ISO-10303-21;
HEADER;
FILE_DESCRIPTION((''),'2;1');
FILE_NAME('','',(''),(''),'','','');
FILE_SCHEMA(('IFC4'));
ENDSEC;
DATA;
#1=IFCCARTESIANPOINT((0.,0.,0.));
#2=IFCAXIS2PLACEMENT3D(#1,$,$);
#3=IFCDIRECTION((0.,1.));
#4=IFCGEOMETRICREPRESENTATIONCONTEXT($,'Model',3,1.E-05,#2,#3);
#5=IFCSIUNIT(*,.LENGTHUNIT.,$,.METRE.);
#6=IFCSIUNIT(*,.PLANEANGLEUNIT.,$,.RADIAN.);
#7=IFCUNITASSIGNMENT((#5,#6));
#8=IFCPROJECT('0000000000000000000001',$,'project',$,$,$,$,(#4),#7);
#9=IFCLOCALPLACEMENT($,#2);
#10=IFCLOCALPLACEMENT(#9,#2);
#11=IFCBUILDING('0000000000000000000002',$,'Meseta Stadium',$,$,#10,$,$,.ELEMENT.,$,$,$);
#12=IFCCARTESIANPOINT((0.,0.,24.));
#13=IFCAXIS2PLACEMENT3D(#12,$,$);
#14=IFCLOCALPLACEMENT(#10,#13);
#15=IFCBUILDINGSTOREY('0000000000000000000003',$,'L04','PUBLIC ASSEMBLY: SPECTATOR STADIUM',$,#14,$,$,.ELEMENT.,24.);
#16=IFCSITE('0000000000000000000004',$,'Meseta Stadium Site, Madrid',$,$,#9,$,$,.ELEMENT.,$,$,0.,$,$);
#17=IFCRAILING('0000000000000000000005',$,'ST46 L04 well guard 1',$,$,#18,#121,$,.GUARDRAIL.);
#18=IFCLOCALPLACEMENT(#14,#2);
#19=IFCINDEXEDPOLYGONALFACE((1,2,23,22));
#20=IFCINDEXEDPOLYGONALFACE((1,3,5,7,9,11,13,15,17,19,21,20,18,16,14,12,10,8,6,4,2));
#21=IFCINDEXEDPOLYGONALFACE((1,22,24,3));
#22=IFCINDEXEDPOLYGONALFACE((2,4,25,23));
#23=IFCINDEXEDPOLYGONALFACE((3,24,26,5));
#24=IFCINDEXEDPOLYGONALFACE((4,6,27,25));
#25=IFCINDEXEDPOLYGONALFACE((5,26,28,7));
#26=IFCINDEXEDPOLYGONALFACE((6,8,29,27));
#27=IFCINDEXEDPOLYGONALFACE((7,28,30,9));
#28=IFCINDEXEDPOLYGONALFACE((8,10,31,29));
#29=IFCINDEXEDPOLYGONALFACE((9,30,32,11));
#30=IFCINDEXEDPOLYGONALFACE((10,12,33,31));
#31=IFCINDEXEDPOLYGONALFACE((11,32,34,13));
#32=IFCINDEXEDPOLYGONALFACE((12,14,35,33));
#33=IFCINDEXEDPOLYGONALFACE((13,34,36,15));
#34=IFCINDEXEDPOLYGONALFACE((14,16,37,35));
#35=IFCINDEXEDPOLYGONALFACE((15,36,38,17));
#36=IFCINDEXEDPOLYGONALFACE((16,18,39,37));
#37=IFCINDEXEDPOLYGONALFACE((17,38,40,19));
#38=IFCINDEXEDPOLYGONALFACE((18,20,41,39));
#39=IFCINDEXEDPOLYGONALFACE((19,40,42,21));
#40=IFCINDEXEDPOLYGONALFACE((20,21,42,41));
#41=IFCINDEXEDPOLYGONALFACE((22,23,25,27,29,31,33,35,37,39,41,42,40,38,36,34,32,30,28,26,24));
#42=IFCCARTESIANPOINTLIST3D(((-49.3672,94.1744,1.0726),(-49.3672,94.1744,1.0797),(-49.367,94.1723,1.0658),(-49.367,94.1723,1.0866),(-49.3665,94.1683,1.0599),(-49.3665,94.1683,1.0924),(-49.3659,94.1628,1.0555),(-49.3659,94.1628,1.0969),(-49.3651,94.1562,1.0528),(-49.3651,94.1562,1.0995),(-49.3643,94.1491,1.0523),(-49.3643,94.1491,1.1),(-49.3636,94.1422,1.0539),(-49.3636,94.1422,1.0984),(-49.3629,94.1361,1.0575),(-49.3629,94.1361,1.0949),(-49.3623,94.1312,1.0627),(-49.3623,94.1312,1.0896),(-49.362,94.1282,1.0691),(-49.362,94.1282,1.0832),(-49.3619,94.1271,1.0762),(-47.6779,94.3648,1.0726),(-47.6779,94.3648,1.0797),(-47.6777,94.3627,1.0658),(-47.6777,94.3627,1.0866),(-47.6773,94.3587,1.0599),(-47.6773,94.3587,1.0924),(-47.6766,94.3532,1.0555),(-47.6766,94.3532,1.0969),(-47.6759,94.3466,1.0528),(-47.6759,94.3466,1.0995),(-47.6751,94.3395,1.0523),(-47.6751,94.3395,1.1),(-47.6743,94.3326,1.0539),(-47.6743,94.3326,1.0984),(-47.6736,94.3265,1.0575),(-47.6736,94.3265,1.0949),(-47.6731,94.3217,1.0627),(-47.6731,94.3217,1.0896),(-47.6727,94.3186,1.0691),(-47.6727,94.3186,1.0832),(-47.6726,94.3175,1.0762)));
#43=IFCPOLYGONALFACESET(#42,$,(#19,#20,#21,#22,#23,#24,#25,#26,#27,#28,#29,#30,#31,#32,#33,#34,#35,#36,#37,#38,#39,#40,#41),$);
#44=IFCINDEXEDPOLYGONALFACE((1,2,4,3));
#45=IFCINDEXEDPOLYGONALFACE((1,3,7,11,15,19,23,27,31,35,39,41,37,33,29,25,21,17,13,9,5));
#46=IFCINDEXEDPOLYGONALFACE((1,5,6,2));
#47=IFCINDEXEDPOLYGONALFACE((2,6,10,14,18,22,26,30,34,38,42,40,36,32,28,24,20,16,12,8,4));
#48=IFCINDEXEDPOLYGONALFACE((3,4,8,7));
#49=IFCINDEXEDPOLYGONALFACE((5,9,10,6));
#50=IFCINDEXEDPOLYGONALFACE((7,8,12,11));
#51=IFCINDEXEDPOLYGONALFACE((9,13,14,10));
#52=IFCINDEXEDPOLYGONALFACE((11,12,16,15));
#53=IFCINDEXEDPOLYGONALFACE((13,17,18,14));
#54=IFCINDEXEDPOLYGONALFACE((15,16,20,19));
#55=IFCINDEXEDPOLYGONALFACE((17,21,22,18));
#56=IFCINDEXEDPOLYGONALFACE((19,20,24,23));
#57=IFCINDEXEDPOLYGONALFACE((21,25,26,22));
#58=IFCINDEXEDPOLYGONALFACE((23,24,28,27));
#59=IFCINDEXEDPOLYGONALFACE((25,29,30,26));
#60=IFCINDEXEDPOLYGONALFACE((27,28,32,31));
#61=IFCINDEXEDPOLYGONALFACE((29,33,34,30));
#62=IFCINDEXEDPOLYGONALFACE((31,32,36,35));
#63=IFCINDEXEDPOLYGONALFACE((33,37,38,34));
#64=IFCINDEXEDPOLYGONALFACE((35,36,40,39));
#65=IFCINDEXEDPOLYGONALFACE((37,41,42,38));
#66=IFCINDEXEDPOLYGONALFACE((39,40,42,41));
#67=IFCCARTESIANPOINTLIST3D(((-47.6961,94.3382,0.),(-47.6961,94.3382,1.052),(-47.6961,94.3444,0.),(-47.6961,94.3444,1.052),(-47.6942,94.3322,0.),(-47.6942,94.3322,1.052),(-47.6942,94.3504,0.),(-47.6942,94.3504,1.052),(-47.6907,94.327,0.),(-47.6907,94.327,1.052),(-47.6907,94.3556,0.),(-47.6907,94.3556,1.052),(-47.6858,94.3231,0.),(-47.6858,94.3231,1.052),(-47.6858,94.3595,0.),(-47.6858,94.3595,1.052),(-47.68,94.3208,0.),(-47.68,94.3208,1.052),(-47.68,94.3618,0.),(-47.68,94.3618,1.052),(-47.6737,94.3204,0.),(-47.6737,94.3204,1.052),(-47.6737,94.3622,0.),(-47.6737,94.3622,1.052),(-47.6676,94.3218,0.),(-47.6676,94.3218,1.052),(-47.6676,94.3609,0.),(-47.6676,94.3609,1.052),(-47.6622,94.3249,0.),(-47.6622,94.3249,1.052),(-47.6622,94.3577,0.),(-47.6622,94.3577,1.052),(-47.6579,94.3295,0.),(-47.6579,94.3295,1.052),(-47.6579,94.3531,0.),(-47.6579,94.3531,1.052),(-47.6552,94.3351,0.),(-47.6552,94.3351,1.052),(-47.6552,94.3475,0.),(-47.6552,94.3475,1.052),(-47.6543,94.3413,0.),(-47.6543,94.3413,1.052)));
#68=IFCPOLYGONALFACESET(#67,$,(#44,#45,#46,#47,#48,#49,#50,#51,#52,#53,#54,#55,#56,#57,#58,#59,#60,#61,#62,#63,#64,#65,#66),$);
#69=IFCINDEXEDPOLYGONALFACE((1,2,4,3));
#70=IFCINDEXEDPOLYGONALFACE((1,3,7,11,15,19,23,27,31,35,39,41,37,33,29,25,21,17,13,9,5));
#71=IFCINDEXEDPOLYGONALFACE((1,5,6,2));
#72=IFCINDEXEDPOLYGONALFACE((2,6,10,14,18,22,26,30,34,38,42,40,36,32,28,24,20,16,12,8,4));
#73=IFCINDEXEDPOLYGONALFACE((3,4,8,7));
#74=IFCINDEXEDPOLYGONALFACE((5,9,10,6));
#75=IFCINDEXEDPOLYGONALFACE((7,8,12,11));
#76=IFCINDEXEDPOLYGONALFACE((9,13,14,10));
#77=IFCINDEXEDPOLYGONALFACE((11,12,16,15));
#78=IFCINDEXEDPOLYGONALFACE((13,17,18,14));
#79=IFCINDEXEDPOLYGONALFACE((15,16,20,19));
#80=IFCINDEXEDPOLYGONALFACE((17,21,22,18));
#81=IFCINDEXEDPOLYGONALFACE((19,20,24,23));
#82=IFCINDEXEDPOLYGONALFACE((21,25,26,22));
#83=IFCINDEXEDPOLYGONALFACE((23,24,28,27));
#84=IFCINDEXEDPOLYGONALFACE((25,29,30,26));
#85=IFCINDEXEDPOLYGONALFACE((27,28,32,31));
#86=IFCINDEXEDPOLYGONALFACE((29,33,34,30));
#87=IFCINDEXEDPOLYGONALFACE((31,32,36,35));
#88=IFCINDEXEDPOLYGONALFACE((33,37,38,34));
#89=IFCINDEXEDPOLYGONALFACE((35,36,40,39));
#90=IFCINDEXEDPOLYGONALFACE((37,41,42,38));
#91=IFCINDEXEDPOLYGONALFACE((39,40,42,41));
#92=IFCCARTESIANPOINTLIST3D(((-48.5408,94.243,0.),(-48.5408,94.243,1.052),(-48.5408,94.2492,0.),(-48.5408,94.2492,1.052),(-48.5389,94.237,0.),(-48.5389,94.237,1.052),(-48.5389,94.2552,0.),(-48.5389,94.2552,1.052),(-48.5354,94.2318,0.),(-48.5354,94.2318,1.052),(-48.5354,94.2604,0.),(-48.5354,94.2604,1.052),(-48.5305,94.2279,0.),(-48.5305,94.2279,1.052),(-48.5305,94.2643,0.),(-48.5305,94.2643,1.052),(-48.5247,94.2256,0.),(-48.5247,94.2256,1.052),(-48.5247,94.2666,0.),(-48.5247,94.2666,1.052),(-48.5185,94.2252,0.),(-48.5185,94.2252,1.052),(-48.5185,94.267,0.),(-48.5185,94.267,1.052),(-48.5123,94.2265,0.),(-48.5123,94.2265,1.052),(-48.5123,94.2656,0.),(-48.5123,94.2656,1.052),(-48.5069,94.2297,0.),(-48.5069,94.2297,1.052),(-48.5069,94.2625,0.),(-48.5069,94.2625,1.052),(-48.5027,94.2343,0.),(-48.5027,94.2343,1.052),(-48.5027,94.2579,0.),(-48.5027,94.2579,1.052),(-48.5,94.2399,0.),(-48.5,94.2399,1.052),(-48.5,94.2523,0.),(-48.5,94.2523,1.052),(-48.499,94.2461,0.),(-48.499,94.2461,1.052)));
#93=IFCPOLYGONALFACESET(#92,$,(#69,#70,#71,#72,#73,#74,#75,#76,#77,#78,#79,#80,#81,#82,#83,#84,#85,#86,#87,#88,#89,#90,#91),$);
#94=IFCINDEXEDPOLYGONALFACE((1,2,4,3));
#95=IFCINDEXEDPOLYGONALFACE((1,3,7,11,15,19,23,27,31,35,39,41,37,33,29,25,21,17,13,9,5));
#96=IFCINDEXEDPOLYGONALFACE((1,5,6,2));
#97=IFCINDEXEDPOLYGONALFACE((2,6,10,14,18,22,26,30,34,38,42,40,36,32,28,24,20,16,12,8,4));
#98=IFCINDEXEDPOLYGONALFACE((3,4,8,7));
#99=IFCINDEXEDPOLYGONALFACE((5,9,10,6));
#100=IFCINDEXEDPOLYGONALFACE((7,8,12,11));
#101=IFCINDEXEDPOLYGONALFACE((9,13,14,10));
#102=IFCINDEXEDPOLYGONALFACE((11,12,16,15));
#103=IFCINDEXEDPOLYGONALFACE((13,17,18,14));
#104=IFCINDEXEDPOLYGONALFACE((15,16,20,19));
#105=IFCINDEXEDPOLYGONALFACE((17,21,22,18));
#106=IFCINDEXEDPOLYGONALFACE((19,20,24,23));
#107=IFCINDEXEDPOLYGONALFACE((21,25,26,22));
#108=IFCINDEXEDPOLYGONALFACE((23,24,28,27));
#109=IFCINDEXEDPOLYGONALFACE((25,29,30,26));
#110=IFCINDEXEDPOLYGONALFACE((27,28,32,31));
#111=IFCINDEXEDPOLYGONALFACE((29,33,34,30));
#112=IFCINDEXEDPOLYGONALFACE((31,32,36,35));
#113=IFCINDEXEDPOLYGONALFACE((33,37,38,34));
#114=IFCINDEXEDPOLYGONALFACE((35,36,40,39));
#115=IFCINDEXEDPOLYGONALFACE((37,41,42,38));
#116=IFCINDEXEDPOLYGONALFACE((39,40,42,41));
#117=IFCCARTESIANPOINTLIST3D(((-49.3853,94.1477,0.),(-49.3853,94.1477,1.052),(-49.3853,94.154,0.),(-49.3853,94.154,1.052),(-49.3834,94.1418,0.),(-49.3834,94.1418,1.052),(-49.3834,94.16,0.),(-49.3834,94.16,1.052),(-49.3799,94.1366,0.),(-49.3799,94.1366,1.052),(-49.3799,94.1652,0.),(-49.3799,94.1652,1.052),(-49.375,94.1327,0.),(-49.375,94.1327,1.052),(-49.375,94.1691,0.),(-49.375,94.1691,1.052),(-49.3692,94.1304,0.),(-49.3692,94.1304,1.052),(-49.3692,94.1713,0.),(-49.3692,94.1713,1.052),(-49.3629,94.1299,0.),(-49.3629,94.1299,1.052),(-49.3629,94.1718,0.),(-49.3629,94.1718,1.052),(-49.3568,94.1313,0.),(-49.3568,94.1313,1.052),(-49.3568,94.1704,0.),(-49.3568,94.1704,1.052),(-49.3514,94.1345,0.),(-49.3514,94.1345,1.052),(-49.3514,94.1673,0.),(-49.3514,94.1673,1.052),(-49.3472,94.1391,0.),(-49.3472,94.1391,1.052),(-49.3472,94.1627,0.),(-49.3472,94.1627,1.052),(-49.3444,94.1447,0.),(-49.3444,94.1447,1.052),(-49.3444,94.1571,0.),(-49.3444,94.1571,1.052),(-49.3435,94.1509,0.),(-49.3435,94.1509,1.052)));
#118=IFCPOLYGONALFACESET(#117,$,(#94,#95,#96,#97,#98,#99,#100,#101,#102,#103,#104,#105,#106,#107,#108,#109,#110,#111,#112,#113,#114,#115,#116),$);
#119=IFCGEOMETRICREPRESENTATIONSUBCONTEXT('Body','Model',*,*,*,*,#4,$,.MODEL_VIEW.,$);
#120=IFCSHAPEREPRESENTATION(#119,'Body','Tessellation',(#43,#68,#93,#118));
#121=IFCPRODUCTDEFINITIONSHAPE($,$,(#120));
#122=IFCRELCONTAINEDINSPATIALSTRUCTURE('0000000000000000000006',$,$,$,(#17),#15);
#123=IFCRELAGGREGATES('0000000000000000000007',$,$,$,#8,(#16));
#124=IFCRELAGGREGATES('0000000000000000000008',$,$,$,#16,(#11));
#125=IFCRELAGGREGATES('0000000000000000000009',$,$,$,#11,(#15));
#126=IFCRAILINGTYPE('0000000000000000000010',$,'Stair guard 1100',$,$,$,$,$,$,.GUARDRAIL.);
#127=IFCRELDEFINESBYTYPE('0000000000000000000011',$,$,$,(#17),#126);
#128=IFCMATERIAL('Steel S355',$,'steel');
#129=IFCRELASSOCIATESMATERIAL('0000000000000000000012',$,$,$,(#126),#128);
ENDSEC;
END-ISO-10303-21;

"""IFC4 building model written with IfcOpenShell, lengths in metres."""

from ifc_helpers import new_model, si_unit, direction, frame, origin, origin_2d, place, context, subcontext, project, spatial, circle, extrude, material, type_object, element, save


model = new_model("IFC4")

# Units and contexts
model_context = context("Model", 3, precision=1e-05, world=origin(), true_north=direction((0.0, 1.0)))
body_context = subcontext(model_context, "Body", "Model", "MODEL_VIEW")
ifc_project = project(units=[si_unit("LENGTHUNIT", "METRE"), si_unit("PLANEANGLEUNIT", "RADIAN")], contexts=[model_context])

# Site, building, storey
site_placement = place(None, origin())
site = spatial("IfcSite", under=ifc_project, at=site_placement, Name="Meseta Stadium Site, Madrid", CompositionType="ELEMENT", RefElevation=0.0)
building_placement = place(site_placement, origin())
building = spatial("IfcBuilding", under=site, at=building_placement, Name="Meseta Stadium", CompositionType="ELEMENT")
storey_placement = place(building_placement, frame((0.0, 0.0, 24.0)))
storey = spatial("IfcBuildingStorey", under=building, at=storey_placement, Name="L04", Description="PUBLIC ASSEMBLY: SPECTATOR STADIUM", CompositionType="ELEMENT", Elevation=24.0)

# Railing
ifc_material_1 = material(Name="Steel S355", Category="steel")
railing_type = type_object("IfcRailingType", Name="Stair guard 1100", PredefinedType="GUARDRAIL", material=ifc_material_1)
for number, where, name in (
    (1, (-47.6753, 94.3413, 0.0), "ST46 L04 well guard 1"),
):
    element("IfcRailing", number, at=place(storey_placement, frame(where)), inside=storey, type_object=railing_type, Name=name, PredefinedType="GUARDRAIL", context=body_context, shape_type="SweptSolid", body=[
        extrude(circle(Radius=0.0239, at=origin_2d()), frame((0.0, 0.0, 1.0762), z_axis=(-0.993706, -0.112023, 0.0), x_axis=(0.112023, -0.993706, 0.0)), (0.0, 0.0, 1.0), 1.7),
        extrude(circle(Radius=0.021, at=origin_2d()), origin(), (0.0, 0.0, 1.0), 1.052),
        extrude(circle(Radius=0.021, at=origin_2d()), frame((-0.8447, -0.0952, 0.0)), (0.0, 0.0, 1.0), 1.052),
        extrude(circle(Radius=0.021, at=origin_2d()), frame((-1.6892, -0.1904, 0.0)), (0.0, 0.0, 1.0), 1.052),
    ])

save(model, "model.ifc")
